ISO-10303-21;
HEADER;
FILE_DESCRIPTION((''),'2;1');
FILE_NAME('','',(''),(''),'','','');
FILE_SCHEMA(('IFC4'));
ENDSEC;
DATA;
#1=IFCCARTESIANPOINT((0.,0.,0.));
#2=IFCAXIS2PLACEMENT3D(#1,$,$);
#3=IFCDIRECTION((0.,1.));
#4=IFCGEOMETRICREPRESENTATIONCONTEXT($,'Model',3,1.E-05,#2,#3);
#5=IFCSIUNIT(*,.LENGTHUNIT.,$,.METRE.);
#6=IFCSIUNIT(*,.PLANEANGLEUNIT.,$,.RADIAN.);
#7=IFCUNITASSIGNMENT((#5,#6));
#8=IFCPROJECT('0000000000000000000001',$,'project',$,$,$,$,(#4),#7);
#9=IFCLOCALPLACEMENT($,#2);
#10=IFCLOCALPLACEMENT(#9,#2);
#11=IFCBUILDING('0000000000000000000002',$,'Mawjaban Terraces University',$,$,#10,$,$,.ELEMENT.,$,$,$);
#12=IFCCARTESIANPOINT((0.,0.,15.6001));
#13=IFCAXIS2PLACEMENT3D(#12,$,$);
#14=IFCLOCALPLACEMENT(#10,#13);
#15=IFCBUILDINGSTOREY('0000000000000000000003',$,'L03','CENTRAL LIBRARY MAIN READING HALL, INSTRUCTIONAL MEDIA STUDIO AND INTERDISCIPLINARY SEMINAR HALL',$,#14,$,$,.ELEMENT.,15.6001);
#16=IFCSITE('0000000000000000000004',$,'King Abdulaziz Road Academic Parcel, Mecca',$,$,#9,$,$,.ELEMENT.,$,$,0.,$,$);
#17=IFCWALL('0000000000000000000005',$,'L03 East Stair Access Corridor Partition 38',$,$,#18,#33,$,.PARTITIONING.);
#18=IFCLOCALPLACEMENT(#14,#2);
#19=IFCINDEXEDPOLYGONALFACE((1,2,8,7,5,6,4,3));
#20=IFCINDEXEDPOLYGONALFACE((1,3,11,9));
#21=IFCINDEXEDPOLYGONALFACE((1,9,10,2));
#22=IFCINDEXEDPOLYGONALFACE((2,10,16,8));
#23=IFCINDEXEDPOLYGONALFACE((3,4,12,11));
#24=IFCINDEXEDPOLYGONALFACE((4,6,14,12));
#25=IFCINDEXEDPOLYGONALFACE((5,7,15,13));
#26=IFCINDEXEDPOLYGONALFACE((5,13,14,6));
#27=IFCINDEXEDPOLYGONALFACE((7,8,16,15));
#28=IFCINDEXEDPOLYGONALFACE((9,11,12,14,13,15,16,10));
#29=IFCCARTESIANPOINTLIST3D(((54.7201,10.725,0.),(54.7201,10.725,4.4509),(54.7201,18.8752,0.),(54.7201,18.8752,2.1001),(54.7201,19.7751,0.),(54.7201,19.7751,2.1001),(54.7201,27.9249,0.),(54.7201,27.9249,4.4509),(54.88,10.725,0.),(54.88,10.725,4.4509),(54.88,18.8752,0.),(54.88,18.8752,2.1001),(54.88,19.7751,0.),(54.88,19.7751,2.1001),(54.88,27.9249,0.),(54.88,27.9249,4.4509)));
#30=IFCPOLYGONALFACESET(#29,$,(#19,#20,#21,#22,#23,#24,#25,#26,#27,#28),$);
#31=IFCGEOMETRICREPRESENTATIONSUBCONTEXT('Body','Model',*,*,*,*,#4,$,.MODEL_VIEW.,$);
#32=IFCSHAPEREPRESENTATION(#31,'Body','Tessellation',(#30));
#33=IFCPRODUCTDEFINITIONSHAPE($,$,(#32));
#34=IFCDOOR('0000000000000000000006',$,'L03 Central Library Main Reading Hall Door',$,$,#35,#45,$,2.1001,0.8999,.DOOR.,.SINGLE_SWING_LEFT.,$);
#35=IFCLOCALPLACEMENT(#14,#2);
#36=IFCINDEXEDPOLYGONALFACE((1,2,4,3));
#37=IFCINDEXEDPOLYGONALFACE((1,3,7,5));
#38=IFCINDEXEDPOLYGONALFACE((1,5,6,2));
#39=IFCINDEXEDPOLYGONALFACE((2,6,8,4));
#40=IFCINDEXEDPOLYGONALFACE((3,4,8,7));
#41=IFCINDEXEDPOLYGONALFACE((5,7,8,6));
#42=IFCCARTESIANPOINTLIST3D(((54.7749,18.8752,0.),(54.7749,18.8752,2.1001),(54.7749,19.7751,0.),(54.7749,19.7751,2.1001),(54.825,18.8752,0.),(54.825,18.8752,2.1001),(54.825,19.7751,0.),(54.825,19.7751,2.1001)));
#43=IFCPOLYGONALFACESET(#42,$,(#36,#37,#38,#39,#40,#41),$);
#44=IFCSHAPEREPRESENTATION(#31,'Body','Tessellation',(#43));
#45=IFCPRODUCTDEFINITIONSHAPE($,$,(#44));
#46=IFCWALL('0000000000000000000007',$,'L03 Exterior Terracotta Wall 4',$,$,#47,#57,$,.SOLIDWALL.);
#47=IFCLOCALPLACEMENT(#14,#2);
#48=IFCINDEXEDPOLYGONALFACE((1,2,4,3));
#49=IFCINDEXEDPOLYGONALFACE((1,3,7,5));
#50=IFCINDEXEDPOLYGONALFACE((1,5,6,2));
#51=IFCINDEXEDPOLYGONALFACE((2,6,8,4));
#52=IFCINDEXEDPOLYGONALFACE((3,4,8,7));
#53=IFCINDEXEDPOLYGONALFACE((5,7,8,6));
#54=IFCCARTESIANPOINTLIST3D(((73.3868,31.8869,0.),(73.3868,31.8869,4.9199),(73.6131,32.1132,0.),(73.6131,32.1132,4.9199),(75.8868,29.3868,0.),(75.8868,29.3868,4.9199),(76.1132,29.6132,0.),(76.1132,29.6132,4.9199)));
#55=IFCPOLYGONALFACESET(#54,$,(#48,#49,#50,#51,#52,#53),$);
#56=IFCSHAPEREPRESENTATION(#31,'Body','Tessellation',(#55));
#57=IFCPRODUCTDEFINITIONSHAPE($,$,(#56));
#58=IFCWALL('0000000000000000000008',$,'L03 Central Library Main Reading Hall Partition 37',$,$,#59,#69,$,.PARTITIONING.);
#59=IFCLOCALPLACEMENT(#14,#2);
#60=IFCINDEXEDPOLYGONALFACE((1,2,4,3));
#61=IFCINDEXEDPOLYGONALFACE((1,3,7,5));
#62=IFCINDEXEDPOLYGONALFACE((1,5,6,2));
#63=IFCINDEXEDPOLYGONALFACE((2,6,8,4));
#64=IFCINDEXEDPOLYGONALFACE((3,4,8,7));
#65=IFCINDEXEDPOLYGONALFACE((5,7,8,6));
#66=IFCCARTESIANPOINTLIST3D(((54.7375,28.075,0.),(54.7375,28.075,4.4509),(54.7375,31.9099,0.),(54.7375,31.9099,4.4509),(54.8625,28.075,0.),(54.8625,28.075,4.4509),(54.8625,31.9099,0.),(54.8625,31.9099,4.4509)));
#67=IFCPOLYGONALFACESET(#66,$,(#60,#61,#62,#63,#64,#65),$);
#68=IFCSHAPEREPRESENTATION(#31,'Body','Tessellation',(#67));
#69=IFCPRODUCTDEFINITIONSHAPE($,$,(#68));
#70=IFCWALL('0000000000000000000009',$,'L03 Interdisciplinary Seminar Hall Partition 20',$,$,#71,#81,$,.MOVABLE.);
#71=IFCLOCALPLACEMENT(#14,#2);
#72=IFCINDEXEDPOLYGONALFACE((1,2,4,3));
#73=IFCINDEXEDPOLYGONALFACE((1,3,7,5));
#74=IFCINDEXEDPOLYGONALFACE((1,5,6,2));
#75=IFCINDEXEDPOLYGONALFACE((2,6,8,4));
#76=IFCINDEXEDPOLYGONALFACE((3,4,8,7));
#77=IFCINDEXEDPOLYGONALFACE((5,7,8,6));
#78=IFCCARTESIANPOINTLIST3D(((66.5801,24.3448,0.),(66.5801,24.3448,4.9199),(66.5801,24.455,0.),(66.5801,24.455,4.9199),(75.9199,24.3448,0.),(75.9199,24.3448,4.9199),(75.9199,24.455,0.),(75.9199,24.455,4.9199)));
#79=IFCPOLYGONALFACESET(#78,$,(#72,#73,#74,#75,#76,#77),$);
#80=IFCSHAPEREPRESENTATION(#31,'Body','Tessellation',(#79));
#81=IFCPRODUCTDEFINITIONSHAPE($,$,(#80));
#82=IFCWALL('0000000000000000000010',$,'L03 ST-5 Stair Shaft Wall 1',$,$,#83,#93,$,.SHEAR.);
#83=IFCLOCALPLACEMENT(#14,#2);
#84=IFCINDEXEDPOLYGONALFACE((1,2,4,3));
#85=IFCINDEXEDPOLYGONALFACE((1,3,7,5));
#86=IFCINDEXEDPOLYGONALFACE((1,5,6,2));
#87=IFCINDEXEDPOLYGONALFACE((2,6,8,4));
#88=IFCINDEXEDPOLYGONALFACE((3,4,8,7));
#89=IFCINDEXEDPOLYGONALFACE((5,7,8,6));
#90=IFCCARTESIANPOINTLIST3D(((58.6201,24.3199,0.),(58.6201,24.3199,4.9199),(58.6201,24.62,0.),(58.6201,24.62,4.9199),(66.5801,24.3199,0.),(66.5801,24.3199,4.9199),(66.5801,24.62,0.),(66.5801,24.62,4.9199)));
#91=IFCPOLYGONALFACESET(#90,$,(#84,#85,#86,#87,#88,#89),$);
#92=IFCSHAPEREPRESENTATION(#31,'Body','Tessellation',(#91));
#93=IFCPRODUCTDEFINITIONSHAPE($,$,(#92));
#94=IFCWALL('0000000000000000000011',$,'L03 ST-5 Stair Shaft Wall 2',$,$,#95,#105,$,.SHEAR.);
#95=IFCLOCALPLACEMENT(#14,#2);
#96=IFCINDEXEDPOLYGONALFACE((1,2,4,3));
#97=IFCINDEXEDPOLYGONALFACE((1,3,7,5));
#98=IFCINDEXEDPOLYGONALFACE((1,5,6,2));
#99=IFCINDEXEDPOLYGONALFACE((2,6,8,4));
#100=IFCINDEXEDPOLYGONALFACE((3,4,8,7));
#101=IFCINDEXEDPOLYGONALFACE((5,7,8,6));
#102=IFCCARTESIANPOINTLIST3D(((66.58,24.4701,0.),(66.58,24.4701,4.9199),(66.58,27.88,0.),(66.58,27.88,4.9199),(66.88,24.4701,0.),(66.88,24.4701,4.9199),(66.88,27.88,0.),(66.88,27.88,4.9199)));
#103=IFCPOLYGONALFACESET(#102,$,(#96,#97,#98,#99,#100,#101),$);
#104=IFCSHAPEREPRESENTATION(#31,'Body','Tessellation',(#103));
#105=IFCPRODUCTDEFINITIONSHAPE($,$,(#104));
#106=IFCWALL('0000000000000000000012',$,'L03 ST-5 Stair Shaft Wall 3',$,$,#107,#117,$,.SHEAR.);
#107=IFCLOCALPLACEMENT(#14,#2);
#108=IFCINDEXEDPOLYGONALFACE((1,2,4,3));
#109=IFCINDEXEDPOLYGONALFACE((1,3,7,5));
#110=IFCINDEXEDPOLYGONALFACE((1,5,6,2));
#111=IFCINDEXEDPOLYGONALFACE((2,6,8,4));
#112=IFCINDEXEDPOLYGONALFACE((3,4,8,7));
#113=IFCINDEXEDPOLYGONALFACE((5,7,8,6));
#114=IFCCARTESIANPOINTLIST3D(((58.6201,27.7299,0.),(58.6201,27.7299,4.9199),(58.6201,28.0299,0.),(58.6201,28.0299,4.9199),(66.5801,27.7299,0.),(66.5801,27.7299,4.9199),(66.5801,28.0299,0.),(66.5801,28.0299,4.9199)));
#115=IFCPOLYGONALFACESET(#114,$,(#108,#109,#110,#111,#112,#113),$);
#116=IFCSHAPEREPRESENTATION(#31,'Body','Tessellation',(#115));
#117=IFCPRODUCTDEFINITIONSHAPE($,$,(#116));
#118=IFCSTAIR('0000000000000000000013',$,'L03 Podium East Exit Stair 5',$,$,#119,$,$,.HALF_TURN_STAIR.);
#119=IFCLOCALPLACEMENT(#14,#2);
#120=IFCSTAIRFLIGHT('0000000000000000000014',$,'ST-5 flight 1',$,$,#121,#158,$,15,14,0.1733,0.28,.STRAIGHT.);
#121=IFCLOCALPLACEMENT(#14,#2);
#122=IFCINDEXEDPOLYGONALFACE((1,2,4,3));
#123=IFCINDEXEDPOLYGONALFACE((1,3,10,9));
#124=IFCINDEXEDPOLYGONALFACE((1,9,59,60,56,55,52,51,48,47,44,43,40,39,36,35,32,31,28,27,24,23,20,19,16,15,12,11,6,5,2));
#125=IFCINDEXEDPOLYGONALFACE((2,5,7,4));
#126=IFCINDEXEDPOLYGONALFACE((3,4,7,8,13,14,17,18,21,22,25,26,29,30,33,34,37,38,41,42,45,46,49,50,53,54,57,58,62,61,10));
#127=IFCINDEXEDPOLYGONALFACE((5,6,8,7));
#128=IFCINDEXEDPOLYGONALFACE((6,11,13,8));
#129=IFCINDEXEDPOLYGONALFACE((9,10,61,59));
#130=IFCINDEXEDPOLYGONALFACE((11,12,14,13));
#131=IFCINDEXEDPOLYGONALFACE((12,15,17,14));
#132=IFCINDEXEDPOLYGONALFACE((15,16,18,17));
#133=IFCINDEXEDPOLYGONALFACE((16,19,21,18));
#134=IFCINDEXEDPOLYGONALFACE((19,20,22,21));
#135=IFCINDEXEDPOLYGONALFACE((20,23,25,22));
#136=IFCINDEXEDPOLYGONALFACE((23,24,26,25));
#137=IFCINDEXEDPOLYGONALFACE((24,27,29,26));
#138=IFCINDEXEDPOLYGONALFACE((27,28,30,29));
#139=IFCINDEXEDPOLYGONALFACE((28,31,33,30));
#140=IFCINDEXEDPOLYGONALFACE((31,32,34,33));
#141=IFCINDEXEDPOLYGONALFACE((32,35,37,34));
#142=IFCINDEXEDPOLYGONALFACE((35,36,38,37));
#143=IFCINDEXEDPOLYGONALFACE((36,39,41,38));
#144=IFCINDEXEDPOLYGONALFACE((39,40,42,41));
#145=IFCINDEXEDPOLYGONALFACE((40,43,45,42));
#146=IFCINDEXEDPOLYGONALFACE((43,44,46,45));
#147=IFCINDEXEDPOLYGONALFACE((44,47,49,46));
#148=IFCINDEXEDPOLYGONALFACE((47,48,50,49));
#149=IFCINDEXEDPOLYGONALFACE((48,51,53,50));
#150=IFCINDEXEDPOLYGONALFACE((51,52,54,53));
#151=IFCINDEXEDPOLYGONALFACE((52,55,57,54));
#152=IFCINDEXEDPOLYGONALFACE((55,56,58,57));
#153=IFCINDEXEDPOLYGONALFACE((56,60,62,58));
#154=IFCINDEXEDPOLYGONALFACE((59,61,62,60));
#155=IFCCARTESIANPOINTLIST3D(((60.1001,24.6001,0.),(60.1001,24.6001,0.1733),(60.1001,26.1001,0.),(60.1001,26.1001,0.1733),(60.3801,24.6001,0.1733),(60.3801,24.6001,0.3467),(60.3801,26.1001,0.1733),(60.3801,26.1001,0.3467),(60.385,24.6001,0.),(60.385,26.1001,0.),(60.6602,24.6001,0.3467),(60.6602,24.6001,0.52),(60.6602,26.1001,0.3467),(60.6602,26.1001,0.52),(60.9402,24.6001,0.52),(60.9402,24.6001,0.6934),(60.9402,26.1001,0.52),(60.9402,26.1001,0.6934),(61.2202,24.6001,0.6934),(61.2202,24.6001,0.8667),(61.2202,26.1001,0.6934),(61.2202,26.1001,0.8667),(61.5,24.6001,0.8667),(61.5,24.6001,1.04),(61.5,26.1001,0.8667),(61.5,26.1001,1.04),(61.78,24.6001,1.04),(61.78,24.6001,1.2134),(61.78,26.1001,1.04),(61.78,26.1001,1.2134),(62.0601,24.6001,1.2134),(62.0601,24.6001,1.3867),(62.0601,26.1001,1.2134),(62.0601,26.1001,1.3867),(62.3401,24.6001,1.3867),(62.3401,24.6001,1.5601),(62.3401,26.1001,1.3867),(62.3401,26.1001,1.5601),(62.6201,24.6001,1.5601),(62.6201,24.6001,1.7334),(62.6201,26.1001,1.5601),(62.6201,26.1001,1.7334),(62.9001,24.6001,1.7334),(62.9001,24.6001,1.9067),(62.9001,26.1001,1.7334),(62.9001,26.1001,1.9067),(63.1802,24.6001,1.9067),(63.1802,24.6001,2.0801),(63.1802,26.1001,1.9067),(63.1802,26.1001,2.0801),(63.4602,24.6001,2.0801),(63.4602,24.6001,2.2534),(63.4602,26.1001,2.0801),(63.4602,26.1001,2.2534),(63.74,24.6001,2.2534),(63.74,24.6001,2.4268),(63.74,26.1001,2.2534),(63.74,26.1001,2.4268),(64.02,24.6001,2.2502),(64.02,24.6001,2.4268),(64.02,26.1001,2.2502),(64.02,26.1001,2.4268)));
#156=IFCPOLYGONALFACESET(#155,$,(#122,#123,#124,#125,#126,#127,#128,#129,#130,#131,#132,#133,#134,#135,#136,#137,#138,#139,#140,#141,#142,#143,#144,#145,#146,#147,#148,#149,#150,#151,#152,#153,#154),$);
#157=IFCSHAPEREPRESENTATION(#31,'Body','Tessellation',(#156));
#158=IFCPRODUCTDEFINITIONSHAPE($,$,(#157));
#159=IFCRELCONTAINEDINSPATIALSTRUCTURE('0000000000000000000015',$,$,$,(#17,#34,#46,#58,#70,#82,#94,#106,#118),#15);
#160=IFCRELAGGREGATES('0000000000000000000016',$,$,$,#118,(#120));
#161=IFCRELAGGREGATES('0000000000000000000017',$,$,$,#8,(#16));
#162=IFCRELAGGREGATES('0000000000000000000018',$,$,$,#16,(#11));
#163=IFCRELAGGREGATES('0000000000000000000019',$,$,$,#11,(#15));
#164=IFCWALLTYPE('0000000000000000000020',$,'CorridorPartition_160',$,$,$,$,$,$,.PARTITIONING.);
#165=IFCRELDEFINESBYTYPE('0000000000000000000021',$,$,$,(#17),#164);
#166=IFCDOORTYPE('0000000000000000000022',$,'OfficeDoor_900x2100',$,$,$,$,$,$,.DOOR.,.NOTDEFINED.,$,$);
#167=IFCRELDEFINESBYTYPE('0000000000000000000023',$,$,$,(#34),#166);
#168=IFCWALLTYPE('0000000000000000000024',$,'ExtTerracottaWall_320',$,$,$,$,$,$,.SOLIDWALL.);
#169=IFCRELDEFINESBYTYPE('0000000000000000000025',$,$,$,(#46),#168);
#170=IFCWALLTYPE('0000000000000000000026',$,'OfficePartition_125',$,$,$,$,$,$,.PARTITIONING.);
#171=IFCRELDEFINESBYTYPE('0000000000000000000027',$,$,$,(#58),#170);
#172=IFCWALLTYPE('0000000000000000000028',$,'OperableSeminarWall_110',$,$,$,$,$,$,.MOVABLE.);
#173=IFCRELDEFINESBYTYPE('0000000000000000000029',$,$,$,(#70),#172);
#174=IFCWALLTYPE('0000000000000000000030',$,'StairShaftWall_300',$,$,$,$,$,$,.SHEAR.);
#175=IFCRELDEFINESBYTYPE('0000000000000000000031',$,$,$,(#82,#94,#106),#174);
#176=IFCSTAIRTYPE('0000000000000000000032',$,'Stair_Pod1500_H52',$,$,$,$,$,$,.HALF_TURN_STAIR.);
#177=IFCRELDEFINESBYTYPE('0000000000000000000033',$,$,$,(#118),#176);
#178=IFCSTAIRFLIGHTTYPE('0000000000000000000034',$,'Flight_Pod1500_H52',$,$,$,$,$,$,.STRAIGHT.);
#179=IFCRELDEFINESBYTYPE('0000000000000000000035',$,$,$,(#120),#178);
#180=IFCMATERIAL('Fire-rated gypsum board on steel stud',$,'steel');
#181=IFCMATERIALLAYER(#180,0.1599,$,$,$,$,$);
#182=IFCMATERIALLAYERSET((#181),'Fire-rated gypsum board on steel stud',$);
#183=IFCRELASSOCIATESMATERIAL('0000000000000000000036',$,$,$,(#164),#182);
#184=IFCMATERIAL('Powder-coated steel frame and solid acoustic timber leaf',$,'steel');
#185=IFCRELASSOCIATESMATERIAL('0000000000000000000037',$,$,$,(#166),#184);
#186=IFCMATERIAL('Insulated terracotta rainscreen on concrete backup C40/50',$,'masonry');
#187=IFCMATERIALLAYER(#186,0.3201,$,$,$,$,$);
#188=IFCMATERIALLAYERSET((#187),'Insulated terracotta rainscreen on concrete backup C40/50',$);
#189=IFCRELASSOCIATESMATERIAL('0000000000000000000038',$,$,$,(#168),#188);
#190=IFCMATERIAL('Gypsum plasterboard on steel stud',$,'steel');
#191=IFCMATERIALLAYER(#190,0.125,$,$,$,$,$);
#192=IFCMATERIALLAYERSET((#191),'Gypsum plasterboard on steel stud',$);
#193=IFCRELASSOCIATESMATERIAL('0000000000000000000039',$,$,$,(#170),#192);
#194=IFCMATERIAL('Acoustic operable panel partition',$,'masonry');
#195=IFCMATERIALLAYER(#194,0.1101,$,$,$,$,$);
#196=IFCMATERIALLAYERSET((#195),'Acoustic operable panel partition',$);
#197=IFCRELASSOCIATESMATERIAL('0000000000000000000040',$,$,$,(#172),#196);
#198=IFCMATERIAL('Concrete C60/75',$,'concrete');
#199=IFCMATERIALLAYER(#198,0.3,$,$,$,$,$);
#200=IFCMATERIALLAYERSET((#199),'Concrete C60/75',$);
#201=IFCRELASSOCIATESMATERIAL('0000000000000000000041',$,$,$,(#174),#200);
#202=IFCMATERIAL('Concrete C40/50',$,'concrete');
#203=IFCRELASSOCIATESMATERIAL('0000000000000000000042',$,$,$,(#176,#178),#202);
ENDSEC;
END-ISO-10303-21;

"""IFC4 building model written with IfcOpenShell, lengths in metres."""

from ifc_helpers import new_model, si_unit, direction, frame, frame_2d, origin, place, context, subcontext, project, spatial, polyline, rectangle, outline, extrude, material, layer, layer_set, type_object, element, fill, aggregate, save


model = new_model("IFC4")

# Units and contexts
model_context = context("Model", 3, precision=1e-05, world=origin(), true_north=direction((0.0, 1.0)))
body_context = subcontext(model_context, "Body", "Model", "MODEL_VIEW")
ifc_project = project(units=[si_unit("LENGTHUNIT", "METRE"), si_unit("PLANEANGLEUNIT", "RADIAN")], contexts=[model_context])

# Site, building, storey
site_placement = place(None, origin())
site = spatial("IfcSite", under=ifc_project, at=site_placement, Name="King Abdulaziz Road Academic Parcel, Mecca", CompositionType="ELEMENT", RefElevation=0.0)
building_placement = place(site_placement, origin())
building = spatial("IfcBuilding", under=site, at=building_placement, Name="Mawjaban Terraces University", CompositionType="ELEMENT")
storey_placement = place(building_placement, frame((0.0, 0.0, 15.6001)))
storey = spatial("IfcBuildingStorey", under=building, at=storey_placement, Name="L03", Description="CENTRAL LIBRARY MAIN READING HALL, INSTRUCTIONAL MEDIA STUDIO AND INTERDISCIPLINARY SEMINAR HALL", CompositionType="ELEMENT", Elevation=15.6001)

# Shared definitions
ifc_material_1 = material(Name="Fire-rated gypsum board on steel stud", Category="steel")
ifc_layer_1 = layer(ifc_material_1, 0.1599)
ifc_layer_set_1 = layer_set([ifc_layer_1], Name="Fire-rated gypsum board on steel stud")
wall_type_1 = type_object("IfcWallType", Name="CorridorPartition_160", PredefinedType="PARTITIONING", material=ifc_layer_set_1)

# Wall, opening, door
wall_1_placement = place(storey_placement, frame((54.8, 27.925, 0.0), z_axis=(0.0, 0.0, 1.0), x_axis=(0.0, -1.0, 0.0)))
wall_1 = element("IfcWall", 1, at=wall_1_placement, inside=storey, type_object=wall_type_1, Name="L03 East Stair Access Corridor Partition 38", PredefinedType="PARTITIONING", context=body_context, shape_type="SweptSolid", body=[
    extrude(rectangle(XDim=17.2, YDim=0.1599, at=frame_2d((8.6001, 0.0))), origin(), (0.0, 0.0, 1.0), 4.4509),
])
opening_1_placement = place(wall_1_placement, frame((8.1499, 0.0, 0.0)))
opening_1 = element("IfcOpeningElement", 2, at=opening_1_placement, cuts=wall_1, PredefinedType="OPENING", context=body_context, shape_type="SweptSolid", body=[
    extrude(rectangle(XDim=0.8999, YDim=2.1001, at=frame_2d((0.45, 1.05))), frame((0.0, 0.0898, 0.0), z_axis=(0.0, -1.0, 0.0), x_axis=(1.0, 0.0, 0.0)), (0.0, 0.0, 1.0), 0.1799),
])
ifc_material_2 = material(Name="Powder-coated steel frame and solid acoustic timber leaf", Category="steel")
door_type_1 = type_object("IfcDoorType", Name="OfficeDoor_900x2100", OperationType="NOTDEFINED", PredefinedType="DOOR", material=ifc_material_2)
door_1_placement = place(opening_1_placement, origin())
door_1 = element("IfcDoor", 3, at=door_1_placement, inside=storey, type_object=door_type_1, Name="L03 Central Library Main Reading Hall Door", OperationType="SINGLE_SWING_LEFT", OverallHeight=2.1001, OverallWidth=0.8999, PredefinedType="DOOR", context=body_context, shape_type="SweptSolid", body=[
    extrude(rectangle(XDim=0.8999, YDim=2.1001, at=frame_2d((0.45, 1.05))), frame((0.0, 0.0249, 0.0), z_axis=(0.0, -1.0, 0.0), x_axis=(1.0, 0.0, 0.0)), (0.0, 0.0, 1.0), 0.05),
])
fill(opening_1, door_1)

# Walls
ifc_material_3 = material(Name="Insulated terracotta rainscreen on concrete backup C40/50", Category="masonry")
ifc_layer_2 = layer(ifc_material_3, 0.3201)
ifc_layer_set_2 = layer_set([ifc_layer_2], Name="Insulated terracotta rainscreen on concrete backup C40/50")
wall_type_2 = type_object("IfcWallType", Name="ExtTerracottaWall_320", PredefinedType="SOLIDWALL", material=ifc_layer_set_2)
wall_2_placement = place(storey_placement, frame((76.0, 29.5, 0.0), z_axis=(0.0, 0.0, 1.0), x_axis=(-0.707107, 0.707107, 0.0)))
element("IfcWall", 4, at=wall_2_placement, inside=storey, type_object=wall_type_2, Name="L03 Exterior Terracotta Wall 4", PredefinedType="SOLIDWALL", context=body_context, shape_type="SweptSolid", body=[
    extrude(rectangle(XDim=3.5356, YDim=0.3201, at=frame_2d((1.7678, 0.0))), origin(), (0.0, 0.0, 1.0), 4.9199),
])
ifc_material_4 = material(Name="Gypsum plasterboard on steel stud", Category="steel")
ifc_layer_3 = layer(ifc_material_4, 0.125)
ifc_layer_set_3 = layer_set([ifc_layer_3], Name="Gypsum plasterboard on steel stud")
wall_type_3 = type_object("IfcWallType", Name="OfficePartition_125", PredefinedType="PARTITIONING", material=ifc_layer_set_3)
wall_3_placement = place(storey_placement, frame((54.8, 28.075, 0.0), z_axis=(0.0, 0.0, 1.0), x_axis=(0.0, 1.0, 0.0)))
element("IfcWall", 5, at=wall_3_placement, inside=storey, type_object=wall_type_3, Name="L03 Central Library Main Reading Hall Partition 37", PredefinedType="PARTITIONING", context=body_context, shape_type="SweptSolid", body=[
    extrude(rectangle(XDim=3.835, YDim=0.125, at=frame_2d((1.9175, 0.0))), origin(), (0.0, 0.0, 1.0), 4.4509),
])
ifc_material_5 = material(Name="Acoustic operable panel partition", Category="masonry")
ifc_layer_4 = layer(ifc_material_5, 0.1101)
ifc_layer_set_4 = layer_set([ifc_layer_4], Name="Acoustic operable panel partition")
wall_type_4 = type_object("IfcWallType", Name="OperableSeminarWall_110", PredefinedType="MOVABLE", material=ifc_layer_set_4)
wall_4_placement = place(storey_placement, frame((75.9199, 24.3999, 0.0), z_axis=(0.0, 0.0, 1.0), x_axis=(-1.0, 0.0, 0.0)))
element("IfcWall", 6, at=wall_4_placement, inside=storey, type_object=wall_type_4, Name="L03 Interdisciplinary Seminar Hall Partition 20", PredefinedType="MOVABLE", context=body_context, shape_type="SweptSolid", body=[
    extrude(rectangle(XDim=9.3398, YDim=0.1101, at=frame_2d((4.6699, 0.0))), origin(), (0.0, 0.0, 1.0), 4.9199),
])
ifc_material_6 = material(Name="Concrete C60/75", Category="concrete")
ifc_layer_5 = layer(ifc_material_6, 0.3)
ifc_layer_set_5 = layer_set([ifc_layer_5], Name="Concrete C60/75")
wall_type_5 = type_object("IfcWallType", Name="StairShaftWall_300", PredefinedType="SHEAR", material=ifc_layer_set_5)
wall_5_placement = place(storey_placement, frame((58.6201, 24.47, 0.0), z_axis=(0.0, 0.0, 1.0), x_axis=(1.0, 0.0, 0.0)))
element("IfcWall", 7, at=wall_5_placement, inside=storey, type_object=wall_type_5, Name="L03 ST-5 Stair Shaft Wall 1", PredefinedType="SHEAR", context=body_context, shape_type="SweptSolid", body=[
    extrude(rectangle(XDim=7.96, YDim=0.3, at=frame_2d((3.98, 0.0))), origin(), (0.0, 0.0, 1.0), 4.9199),
])
wall_6_placement = place(storey_placement, frame((66.73, 24.47, 0.0), z_axis=(0.0, 0.0, 1.0), x_axis=(0.0, 1.0, 0.0)))
element("IfcWall", 8, at=wall_6_placement, inside=storey, type_object=wall_type_5, Name="L03 ST-5 Stair Shaft Wall 2", PredefinedType="SHEAR", context=body_context, shape_type="SweptSolid", body=[
    extrude(rectangle(XDim=3.4099, YDim=0.3, at=frame_2d((1.7051, 0.0))), origin(), (0.0, 0.0, 1.0), 4.9199),
])
wall_7_placement = place(storey_placement, frame((66.5801, 27.8799, 0.0), z_axis=(0.0, 0.0, 1.0), x_axis=(-1.0, 0.0, 0.0)))
element("IfcWall", 9, at=wall_7_placement, inside=storey, type_object=wall_type_5, Name="L03 ST-5 Stair Shaft Wall 3", PredefinedType="SHEAR", context=body_context, shape_type="SweptSolid", body=[
    extrude(rectangle(XDim=7.96, YDim=0.3, at=frame_2d((3.98, 0.0))), origin(), (0.0, 0.0, 1.0), 4.9199),
])

# Stair, stair flight
ifc_material_7 = material(Name="Concrete C40/50", Category="concrete")
stair_type = type_object("IfcStairType", Name="Stair_Pod1500_H52", PredefinedType="HALF_TURN_STAIR", material=ifc_material_7)
stair_placement = place(storey_placement, origin())
stair = element("IfcStair", 10, at=stair_placement, inside=storey, type_object=stair_type, Name="L03 Podium East Exit Stair 5", PredefinedType="HALF_TURN_STAIR")
stair_flight_type = type_object("IfcStairFlightType", Name="Flight_Pod1500_H52", PredefinedType="STRAIGHT", material=ifc_material_7)
stair_flight_1_placement = place(storey_placement, frame((60.1001, 25.3501, 0.0), z_axis=(0.0, 0.0, 1.0), x_axis=(1.0, 0.0, 0.0)))
stair_flight_1 = element("IfcStairFlight", 11, at=stair_flight_1_placement, type_object=stair_flight_type, Name="ST-5 flight 1", NumberOfRisers=15, NumberOfTreads=14, PredefinedType="STRAIGHT", RiserHeight=0.1733, TreadLength=0.28, context=body_context, shape_type="SweptSolid", body=[
    extrude(outline(polyline([(0.0, 0.0), (0.0, 0.1733), (0.28, 0.1733), (0.28, 0.3467), (0.5601, 0.3467), (0.5601, 0.52), (0.8401, 0.52), (0.8401, 0.6934), (1.1201, 0.6934), (1.1201, 0.8667), (1.3999, 0.8667), (1.3999, 1.04), (1.6799, 1.04), (1.6799, 1.2134), (1.96, 1.2134), (1.96, 1.3867), (2.24, 1.3867), (2.24, 1.5601), (2.52, 1.5601), (2.52, 1.7334), (2.8, 1.7334), (2.8, 1.9067), (3.0801, 1.9067), (3.0801, 2.0801), (3.3601, 2.0801), (3.3601, 2.2534), (3.6399, 2.2534), (3.6399, 2.4268), (3.9199, 2.4268), (3.9199, 2.6001), (3.9199, 2.2502), (0.2849, 0.0), (0.0, 0.0)])), frame((0.0, 0.75, 0.0), z_axis=(0.0, -1.0, 0.0), x_axis=(1.0, 0.0, 0.0)), (0.0, 0.0, 1.0), 1.5),
])
aggregate(stair, [stair_flight_1])

save(model, "model.ifc")
